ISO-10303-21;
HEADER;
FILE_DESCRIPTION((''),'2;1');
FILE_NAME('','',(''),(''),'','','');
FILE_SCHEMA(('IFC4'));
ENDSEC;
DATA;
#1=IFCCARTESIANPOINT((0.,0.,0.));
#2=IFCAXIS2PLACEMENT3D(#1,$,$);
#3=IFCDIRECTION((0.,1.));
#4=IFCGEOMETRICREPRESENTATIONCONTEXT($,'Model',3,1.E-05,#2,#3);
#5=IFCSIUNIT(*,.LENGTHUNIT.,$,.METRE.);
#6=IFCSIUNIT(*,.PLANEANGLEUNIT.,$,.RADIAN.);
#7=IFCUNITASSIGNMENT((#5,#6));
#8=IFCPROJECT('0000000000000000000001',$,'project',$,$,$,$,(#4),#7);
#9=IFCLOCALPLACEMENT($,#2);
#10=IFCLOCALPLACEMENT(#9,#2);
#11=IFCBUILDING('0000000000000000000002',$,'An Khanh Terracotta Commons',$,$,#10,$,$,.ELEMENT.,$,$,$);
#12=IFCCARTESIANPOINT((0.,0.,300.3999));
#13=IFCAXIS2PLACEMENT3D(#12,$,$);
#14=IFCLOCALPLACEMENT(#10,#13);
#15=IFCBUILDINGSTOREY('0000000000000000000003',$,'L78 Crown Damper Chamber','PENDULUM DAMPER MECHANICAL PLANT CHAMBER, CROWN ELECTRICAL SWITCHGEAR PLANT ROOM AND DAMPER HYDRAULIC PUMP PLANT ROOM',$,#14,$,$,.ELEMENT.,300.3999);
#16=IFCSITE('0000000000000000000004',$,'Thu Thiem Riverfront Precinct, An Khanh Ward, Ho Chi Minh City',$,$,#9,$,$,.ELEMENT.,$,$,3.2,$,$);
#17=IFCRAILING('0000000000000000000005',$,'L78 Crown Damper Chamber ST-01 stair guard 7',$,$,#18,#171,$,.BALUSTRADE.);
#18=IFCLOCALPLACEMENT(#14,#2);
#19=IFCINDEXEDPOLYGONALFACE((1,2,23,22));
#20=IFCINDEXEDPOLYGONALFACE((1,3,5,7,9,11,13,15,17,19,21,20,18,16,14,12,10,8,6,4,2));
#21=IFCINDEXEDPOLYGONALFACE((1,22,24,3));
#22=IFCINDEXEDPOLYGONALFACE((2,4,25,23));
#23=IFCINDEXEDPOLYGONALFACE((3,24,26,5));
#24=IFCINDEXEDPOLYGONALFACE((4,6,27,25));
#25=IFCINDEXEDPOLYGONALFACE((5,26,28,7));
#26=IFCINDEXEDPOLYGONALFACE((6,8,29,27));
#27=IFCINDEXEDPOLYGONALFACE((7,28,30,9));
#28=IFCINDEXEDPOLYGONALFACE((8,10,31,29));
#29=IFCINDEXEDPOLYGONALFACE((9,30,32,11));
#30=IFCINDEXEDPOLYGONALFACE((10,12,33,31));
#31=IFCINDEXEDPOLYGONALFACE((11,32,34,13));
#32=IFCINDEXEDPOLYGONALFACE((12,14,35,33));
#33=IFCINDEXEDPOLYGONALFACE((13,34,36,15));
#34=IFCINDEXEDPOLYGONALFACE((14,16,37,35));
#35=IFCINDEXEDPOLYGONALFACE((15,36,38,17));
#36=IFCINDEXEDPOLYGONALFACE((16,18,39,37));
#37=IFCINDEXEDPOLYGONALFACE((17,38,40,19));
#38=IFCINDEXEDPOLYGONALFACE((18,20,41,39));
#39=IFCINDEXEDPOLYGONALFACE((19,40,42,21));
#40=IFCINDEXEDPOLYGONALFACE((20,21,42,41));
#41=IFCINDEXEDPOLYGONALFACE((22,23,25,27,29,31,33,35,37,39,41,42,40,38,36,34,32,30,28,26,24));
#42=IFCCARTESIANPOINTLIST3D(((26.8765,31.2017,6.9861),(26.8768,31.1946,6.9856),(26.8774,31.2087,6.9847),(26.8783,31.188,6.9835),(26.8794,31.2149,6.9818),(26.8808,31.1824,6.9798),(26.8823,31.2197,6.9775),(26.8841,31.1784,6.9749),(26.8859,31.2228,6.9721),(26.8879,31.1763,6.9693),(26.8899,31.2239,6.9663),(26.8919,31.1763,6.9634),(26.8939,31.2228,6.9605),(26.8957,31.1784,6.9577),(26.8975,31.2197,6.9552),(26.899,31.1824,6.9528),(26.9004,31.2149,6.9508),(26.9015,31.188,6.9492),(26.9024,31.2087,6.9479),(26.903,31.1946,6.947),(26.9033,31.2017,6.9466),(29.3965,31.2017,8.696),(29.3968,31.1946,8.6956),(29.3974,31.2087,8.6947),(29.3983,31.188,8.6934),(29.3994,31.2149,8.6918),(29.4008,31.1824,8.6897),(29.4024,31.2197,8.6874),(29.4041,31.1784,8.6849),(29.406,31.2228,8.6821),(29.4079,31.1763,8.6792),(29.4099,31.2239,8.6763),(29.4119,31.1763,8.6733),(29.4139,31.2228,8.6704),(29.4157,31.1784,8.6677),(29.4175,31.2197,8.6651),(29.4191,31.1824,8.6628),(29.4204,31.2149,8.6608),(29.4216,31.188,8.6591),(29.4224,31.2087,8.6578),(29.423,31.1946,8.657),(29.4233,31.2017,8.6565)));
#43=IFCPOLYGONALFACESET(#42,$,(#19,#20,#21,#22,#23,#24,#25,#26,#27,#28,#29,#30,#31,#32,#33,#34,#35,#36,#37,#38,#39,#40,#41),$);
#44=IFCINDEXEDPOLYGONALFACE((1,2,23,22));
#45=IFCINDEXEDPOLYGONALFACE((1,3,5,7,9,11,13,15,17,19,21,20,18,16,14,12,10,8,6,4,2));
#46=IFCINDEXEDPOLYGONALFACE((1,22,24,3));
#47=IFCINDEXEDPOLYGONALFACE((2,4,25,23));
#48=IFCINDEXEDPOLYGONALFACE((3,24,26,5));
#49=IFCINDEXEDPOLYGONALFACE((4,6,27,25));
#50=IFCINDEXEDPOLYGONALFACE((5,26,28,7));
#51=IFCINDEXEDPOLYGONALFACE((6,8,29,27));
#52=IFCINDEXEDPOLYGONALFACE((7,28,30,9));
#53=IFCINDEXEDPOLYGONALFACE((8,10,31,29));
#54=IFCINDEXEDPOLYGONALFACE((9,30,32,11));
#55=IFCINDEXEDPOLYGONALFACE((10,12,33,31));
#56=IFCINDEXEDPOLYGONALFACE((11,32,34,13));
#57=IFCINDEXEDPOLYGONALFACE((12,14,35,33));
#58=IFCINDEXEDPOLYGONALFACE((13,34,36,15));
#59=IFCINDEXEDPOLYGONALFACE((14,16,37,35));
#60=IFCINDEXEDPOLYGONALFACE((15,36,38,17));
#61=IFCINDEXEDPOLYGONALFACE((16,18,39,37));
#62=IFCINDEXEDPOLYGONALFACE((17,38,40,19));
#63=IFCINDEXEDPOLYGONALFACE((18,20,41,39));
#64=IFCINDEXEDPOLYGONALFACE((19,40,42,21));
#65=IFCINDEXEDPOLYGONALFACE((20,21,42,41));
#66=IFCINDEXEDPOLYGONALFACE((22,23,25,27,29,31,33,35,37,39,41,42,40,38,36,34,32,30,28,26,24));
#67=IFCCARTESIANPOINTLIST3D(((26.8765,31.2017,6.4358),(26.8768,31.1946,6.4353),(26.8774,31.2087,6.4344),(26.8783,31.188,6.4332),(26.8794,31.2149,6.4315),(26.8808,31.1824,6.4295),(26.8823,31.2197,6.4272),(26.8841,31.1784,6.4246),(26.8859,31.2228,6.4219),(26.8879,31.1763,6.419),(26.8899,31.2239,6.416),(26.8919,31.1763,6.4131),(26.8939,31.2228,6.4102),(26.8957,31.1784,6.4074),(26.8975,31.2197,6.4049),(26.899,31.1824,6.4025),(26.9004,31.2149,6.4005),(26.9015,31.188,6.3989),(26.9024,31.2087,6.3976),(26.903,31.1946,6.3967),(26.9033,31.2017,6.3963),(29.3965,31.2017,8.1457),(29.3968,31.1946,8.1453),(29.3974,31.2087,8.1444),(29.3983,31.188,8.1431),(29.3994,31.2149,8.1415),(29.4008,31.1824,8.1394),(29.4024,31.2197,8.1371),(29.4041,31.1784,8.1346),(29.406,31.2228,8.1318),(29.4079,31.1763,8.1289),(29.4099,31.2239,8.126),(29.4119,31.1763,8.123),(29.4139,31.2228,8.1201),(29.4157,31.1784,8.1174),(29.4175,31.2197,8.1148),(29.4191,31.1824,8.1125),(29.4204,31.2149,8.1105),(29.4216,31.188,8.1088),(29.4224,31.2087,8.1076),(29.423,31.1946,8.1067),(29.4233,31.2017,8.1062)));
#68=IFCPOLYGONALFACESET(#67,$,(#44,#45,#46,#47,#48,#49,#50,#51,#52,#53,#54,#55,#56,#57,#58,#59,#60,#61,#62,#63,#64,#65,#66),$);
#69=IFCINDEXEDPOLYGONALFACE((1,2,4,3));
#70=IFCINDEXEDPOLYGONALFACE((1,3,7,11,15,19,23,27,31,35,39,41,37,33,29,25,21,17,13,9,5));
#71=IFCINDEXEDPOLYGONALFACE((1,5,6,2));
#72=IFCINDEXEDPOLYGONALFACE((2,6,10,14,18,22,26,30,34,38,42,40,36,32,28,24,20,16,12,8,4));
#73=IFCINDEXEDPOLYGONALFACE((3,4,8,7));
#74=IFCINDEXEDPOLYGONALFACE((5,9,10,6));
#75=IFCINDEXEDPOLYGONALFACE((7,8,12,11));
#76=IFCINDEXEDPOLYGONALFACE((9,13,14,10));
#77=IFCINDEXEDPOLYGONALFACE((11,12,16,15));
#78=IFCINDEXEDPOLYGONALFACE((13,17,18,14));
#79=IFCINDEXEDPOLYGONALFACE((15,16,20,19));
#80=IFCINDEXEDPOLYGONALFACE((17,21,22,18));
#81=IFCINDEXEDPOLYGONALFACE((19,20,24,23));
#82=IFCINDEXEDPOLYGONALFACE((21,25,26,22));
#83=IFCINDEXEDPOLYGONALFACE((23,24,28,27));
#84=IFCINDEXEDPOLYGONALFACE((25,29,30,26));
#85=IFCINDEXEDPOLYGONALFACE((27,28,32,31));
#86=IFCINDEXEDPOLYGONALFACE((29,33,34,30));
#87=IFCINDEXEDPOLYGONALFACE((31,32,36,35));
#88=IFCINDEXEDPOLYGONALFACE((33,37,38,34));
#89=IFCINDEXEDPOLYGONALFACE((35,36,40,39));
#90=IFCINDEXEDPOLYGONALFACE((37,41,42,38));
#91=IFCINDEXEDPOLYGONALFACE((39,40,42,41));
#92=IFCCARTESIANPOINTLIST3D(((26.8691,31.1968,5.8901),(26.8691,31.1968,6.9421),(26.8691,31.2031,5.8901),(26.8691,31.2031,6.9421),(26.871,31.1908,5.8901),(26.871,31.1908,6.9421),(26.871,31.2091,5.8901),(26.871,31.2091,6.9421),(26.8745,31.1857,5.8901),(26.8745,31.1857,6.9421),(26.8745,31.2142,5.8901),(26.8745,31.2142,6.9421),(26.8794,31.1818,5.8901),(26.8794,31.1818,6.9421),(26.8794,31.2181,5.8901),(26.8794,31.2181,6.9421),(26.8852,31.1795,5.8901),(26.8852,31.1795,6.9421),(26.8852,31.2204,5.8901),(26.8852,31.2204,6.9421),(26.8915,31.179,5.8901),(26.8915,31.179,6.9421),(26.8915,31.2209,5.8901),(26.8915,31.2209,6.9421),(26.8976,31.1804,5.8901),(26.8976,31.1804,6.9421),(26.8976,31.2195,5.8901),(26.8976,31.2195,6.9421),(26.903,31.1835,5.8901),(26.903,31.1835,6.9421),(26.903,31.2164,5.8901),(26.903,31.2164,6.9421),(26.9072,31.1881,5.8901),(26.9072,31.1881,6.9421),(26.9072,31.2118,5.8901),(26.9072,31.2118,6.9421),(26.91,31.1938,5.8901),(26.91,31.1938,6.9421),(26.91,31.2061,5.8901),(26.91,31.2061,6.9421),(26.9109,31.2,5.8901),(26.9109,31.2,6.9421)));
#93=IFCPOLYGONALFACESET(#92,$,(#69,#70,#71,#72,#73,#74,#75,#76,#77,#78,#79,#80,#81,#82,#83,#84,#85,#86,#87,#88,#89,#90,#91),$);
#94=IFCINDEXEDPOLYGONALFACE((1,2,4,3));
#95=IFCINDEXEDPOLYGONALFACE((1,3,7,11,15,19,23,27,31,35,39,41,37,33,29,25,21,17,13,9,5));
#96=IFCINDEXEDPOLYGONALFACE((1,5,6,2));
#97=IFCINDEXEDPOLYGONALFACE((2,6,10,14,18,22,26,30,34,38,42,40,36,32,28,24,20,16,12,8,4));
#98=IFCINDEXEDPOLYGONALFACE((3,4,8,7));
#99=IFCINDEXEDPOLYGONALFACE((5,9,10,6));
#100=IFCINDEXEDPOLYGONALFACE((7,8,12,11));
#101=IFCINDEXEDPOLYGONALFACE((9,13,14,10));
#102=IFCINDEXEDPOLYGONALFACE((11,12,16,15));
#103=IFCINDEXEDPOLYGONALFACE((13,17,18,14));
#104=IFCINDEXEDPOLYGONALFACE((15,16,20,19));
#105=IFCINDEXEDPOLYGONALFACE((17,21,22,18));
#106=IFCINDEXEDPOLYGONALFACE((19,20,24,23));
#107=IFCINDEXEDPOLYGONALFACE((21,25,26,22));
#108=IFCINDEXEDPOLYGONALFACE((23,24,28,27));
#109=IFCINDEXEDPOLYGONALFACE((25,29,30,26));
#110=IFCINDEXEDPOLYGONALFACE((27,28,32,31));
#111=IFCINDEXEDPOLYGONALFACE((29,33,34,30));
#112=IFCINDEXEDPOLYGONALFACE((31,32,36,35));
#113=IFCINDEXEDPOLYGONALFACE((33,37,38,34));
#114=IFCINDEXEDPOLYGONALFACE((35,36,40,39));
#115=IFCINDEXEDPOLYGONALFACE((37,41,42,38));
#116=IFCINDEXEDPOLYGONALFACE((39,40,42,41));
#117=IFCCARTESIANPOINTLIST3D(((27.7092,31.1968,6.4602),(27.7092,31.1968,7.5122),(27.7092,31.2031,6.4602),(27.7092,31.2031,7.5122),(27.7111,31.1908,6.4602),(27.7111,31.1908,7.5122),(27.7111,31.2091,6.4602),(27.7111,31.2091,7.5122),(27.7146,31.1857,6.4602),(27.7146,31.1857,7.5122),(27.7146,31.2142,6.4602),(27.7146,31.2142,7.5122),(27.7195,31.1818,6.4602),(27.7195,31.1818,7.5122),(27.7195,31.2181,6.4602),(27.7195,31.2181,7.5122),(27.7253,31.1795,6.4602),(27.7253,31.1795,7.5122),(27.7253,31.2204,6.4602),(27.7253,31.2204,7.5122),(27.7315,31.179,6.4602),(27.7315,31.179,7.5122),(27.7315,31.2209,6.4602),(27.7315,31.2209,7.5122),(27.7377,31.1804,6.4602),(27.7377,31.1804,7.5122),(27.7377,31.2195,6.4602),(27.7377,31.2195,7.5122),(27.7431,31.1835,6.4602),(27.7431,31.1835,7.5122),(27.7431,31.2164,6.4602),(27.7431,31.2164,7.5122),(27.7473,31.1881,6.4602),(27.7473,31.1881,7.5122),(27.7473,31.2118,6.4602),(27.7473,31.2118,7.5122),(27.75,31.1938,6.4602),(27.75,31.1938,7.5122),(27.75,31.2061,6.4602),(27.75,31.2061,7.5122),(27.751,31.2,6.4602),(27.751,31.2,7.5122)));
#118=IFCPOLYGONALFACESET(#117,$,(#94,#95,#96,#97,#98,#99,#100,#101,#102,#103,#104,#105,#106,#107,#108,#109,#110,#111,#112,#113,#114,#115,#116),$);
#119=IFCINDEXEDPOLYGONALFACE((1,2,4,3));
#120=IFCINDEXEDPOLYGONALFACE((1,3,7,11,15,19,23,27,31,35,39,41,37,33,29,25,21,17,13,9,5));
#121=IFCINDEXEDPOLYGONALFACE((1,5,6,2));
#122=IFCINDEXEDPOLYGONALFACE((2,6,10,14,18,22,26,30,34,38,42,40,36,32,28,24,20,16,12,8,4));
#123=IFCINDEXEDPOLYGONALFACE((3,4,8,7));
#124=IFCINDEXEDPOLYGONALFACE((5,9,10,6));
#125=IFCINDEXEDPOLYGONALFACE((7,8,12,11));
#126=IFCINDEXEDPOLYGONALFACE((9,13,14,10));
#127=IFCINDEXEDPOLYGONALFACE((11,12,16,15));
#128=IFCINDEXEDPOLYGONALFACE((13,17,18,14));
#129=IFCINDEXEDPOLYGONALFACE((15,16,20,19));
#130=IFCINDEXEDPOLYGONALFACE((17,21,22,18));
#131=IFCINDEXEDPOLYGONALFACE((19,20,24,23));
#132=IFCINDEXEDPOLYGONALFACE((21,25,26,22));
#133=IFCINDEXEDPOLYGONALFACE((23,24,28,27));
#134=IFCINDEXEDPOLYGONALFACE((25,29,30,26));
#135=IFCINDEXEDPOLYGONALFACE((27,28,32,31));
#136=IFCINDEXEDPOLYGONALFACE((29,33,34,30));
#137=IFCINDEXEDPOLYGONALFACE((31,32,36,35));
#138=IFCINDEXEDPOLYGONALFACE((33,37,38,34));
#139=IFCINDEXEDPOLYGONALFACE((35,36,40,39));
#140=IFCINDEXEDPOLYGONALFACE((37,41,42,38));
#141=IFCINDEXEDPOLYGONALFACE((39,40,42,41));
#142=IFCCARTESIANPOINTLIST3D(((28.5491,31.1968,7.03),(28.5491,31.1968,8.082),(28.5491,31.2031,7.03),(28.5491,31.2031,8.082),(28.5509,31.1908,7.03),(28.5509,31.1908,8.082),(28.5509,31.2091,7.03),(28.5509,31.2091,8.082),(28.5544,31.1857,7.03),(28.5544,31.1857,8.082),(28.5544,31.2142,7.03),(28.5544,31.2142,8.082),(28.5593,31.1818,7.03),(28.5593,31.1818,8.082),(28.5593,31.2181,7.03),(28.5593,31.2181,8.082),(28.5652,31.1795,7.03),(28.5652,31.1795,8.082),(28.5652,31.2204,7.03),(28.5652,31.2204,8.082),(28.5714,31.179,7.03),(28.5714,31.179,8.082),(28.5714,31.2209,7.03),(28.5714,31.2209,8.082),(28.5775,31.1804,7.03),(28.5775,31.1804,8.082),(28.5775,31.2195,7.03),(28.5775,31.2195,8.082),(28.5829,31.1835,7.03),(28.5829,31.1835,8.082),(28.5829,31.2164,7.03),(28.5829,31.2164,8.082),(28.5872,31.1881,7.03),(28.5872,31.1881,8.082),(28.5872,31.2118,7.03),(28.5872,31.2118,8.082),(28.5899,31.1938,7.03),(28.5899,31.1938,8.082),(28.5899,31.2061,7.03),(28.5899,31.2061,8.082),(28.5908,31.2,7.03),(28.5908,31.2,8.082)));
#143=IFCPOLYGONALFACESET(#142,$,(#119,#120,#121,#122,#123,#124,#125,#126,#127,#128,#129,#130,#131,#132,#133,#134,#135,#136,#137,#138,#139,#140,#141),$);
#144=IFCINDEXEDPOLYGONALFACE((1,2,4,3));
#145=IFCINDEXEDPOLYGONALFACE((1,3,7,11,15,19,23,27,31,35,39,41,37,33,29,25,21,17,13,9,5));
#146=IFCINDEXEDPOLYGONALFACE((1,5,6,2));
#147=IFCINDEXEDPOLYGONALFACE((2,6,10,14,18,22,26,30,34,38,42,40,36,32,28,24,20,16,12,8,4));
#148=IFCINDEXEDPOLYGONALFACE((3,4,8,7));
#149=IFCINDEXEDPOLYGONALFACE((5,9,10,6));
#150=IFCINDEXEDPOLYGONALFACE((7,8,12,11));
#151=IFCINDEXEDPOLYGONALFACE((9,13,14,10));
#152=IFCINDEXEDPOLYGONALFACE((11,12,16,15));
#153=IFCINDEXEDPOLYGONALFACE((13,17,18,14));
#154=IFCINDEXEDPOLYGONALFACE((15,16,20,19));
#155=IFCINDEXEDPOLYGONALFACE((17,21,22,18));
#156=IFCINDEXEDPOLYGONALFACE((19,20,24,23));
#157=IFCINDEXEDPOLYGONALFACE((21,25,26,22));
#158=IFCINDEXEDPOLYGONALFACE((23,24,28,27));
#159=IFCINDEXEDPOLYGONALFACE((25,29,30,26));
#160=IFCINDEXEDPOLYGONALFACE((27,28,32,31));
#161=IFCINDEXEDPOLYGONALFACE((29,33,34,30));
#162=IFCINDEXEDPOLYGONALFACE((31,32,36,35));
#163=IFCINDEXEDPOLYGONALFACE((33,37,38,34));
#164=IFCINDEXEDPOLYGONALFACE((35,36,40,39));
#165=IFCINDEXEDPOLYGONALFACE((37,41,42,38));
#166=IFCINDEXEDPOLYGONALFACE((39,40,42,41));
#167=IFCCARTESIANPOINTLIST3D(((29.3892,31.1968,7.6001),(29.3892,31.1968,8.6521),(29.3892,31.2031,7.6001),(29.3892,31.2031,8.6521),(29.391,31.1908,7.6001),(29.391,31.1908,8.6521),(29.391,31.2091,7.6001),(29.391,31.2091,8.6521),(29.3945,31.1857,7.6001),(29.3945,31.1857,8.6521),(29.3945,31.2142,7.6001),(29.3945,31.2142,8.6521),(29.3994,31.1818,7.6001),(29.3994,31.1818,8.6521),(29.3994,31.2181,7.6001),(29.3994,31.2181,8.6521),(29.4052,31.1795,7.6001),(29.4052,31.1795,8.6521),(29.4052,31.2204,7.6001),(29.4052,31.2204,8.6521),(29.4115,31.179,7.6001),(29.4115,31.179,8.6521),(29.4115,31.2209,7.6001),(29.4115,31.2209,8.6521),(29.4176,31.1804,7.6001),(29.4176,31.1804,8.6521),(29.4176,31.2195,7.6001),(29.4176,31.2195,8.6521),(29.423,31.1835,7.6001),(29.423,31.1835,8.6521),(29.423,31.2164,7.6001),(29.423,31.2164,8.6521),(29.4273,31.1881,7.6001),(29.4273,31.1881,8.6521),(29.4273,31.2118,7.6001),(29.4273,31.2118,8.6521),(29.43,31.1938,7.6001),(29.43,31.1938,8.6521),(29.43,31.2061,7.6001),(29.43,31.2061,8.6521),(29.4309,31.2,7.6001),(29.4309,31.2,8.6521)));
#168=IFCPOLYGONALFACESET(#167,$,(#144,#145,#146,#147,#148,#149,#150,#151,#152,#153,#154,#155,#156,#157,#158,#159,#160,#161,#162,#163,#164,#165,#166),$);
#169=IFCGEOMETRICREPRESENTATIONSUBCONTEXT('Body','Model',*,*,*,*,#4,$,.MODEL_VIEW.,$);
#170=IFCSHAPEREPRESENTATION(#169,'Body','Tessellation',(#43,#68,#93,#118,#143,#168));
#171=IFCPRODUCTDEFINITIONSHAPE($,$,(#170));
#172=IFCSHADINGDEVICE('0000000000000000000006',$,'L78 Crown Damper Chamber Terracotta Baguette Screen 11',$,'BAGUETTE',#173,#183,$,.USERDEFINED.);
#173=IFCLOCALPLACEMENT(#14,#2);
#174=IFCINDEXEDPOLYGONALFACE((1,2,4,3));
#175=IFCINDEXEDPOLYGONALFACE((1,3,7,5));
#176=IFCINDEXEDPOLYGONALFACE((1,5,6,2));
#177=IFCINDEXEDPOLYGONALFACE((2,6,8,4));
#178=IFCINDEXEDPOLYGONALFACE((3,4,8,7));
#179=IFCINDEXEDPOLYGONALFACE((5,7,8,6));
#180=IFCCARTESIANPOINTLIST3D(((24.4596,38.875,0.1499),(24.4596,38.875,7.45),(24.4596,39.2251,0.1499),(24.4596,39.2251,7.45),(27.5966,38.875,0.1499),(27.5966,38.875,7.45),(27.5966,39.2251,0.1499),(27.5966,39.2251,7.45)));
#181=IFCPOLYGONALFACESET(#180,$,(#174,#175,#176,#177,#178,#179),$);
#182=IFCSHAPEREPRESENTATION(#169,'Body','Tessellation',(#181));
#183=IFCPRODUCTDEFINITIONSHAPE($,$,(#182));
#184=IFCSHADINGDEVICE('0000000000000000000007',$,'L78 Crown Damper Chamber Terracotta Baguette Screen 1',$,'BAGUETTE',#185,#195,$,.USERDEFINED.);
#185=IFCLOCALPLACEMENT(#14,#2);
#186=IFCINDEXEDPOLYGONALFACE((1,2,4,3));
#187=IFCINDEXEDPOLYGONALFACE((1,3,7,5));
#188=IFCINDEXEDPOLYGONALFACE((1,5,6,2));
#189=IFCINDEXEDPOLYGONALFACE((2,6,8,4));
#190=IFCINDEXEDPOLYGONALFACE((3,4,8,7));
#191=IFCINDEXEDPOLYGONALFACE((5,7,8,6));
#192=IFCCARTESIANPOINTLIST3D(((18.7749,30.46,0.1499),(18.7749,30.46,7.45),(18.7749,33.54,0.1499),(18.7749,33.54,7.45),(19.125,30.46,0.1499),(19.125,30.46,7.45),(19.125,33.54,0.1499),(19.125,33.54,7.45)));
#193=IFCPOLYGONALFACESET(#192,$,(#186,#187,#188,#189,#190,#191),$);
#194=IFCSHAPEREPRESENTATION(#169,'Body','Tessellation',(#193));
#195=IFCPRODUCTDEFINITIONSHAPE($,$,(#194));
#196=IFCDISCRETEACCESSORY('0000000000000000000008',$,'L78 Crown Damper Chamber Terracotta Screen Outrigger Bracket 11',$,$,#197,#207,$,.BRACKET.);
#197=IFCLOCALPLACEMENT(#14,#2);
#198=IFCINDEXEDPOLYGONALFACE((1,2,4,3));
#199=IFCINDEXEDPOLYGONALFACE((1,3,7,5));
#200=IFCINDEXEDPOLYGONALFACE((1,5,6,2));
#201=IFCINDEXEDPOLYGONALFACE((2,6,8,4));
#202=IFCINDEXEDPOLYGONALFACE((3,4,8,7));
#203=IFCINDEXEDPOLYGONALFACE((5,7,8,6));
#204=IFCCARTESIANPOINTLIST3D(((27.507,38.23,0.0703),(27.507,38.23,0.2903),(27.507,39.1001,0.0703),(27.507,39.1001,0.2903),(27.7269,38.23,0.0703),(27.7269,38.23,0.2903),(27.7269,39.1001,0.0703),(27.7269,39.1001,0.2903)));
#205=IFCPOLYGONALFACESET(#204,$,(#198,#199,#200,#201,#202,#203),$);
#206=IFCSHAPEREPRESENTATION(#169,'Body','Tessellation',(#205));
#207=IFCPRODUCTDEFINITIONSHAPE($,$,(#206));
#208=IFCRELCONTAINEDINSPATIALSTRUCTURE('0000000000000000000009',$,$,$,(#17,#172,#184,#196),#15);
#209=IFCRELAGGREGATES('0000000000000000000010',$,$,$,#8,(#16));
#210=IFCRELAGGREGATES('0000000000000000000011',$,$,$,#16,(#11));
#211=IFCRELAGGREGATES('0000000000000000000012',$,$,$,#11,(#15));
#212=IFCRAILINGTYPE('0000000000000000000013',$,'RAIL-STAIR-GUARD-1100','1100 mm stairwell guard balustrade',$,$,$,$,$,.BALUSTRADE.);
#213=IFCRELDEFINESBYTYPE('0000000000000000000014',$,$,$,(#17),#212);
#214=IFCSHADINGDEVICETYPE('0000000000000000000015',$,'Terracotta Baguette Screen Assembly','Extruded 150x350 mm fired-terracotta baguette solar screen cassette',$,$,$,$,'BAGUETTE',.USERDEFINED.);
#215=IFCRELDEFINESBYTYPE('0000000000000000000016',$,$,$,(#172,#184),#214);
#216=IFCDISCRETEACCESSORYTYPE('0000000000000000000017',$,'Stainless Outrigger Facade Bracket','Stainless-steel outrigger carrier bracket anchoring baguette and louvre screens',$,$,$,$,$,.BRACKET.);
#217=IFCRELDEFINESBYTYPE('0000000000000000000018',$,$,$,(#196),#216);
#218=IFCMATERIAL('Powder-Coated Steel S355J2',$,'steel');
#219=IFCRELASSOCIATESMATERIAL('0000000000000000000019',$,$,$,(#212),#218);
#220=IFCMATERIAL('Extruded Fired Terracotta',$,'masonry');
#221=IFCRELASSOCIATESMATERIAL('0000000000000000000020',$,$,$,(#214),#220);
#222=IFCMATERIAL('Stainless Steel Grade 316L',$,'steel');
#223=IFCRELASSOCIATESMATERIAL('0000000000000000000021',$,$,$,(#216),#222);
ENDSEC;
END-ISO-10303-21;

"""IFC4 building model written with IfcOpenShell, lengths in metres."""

from ifc_helpers import new_model, si_unit, direction, frame, origin, origin_2d, place, context, subcontext, project, spatial, rectangle, circle, extrude, material, type_object, element, save


model = new_model("IFC4")

# Units and contexts
model_context = context("Model", 3, precision=1e-05, world=origin(), true_north=direction((0.0, 1.0)))
body_context = subcontext(model_context, "Body", "Model", "MODEL_VIEW")
ifc_project = project(units=[si_unit("LENGTHUNIT", "METRE"), si_unit("PLANEANGLEUNIT", "RADIAN")], contexts=[model_context])

# Site, building, storey
site_placement = place(None, origin())
site = spatial("IfcSite", under=ifc_project, at=site_placement, Name="Thu Thiem Riverfront Precinct, An Khanh Ward, Ho Chi Minh City", CompositionType="ELEMENT", RefElevation=3.2)
building_placement = place(site_placement, origin())
building = spatial("IfcBuilding", under=site, at=building_placement, Name="An Khanh Terracotta Commons", CompositionType="ELEMENT")
storey_placement = place(building_placement, frame((0.0, 0.0, 300.3999)))
storey = spatial("IfcBuildingStorey", under=building, at=storey_placement, Name="L78 Crown Damper Chamber", Description="PENDULUM DAMPER MECHANICAL PLANT CHAMBER, CROWN ELECTRICAL SWITCHGEAR PLANT ROOM AND DAMPER HYDRAULIC PUMP PLANT ROOM", CompositionType="ELEMENT", Elevation=300.3999)

# Railing
ifc_material_1 = material(Name="Powder-Coated Steel S355J2", Category="steel")
railing_type = type_object("IfcRailingType", Name="RAIL-STAIR-GUARD-1100", Description="1100 mm stairwell guard balustrade", PredefinedType="BALUSTRADE", material=ifc_material_1)
railing_placement = place(storey_placement, frame((26.8899, 31.2, 5.8901)))
element("IfcRailing", 1, at=railing_placement, inside=storey, type_object=railing_type, Name="L78 Crown Damper Chamber ST-01 stair guard 7", PredefinedType="BALUSTRADE", context=body_context, shape_type="SweptSolid", body=[
    extrude(circle(Radius=0.0239, at=origin_2d()), frame((0.0, 0.0, 1.0762), z_axis=(0.827484, 0.0, 0.56149), x_axis=(0.0, 1.0, 0.0)), (0.0, 0.0, 1.0), 3.0454),
    extrude(circle(Radius=0.0239, at=origin_2d()), frame((0.0, 0.0, 0.5259), z_axis=(0.827484, 0.0, 0.56149), x_axis=(0.0, 1.0, 0.0)), (0.0, 0.0, 1.0), 3.0454),
    extrude(circle(Radius=0.021, at=origin_2d()), origin(), (0.0, 0.0, 1.0), 1.052),
    extrude(circle(Radius=0.021, at=origin_2d()), frame((0.8401, 0.0, 0.5701)), (0.0, 0.0, 1.0), 1.052),
    extrude(circle(Radius=0.021, at=origin_2d()), frame((1.6799, 0.0, 1.1399)), (0.0, 0.0, 1.0), 1.052),
    extrude(circle(Radius=0.021, at=origin_2d()), frame((2.52, 0.0, 1.71)), (0.0, 0.0, 1.0), 1.052),
])

# Shading devices
ifc_material_2 = material(Name="Extruded Fired Terracotta", Category="masonry")
shading_device_type = type_object("IfcShadingDeviceType", Name="Terracotta Baguette Screen Assembly", Description="Extruded 150x350 mm fired-terracotta baguette solar screen cassette", ElementType="BAGUETTE", PredefinedType="USERDEFINED", material=ifc_material_2)
shading_device_1_placement = place(storey_placement, frame((26.0281, 39.05, 0.1499), z_axis=(0.0, 0.0, 1.0), x_axis=(-1.0, 0.0, 0.0)))
element("IfcShadingDevice", 2, at=shading_device_1_placement, inside=storey, type_object=shading_device_type, Name="L78 Crown Damper Chamber Terracotta Baguette Screen 11", ObjectType="BAGUETTE", PredefinedType="USERDEFINED", context=body_context, shape_type="SweptSolid", body=[
    extrude(rectangle(XDim=3.137, YDim=0.3501, at=origin_2d()), origin(), (0.0, 0.0, 1.0), 7.3),
])
shading_device_2_placement = place(storey_placement, frame((18.95, 32.0, 0.1499), z_axis=(0.0, 0.0, 1.0), x_axis=(0.0, -1.0, 0.0)))
element("IfcShadingDevice", 3, at=shading_device_2_placement, inside=storey, type_object=shading_device_type, Name="L78 Crown Damper Chamber Terracotta Baguette Screen 1", ObjectType="BAGUETTE", PredefinedType="USERDEFINED", context=body_context, shape_type="SweptSolid", body=[
    extrude(rectangle(XDim=3.0801, YDim=0.3501, at=origin_2d()), origin(), (0.0, 0.0, 1.0), 7.3),
])

# Discrete accessory
ifc_material_3 = material(Name="Stainless Steel Grade 316L", Category="steel")
discrete_accessory_type = type_object("IfcDiscreteAccessoryType", Name="Stainless Outrigger Facade Bracket", Description="Stainless-steel outrigger carrier bracket anchoring baguette and louvre screens", PredefinedType="BRACKET", material=ifc_material_3)
for number, where, z_axis, x_axis, name in (
    (4, (27.6169, 38.665, 0.0703), (0.0, 0.0, 1.0), (-1.0, 0.0, 0.0), "L78 Crown Damper Chamber Terracotta Screen Outrigger Bracket 11"),
):
    element("IfcDiscreteAccessory", number, at=place(storey_placement, frame(where, z_axis=z_axis, x_axis=x_axis)), inside=storey, type_object=discrete_accessory_type, Name=name, PredefinedType="BRACKET", context=body_context, shape_type="SweptSolid", body=[
        extrude(rectangle(XDim=0.22, YDim=0.8701, at=origin_2d()), origin(), (0.0, 0.0, 1.0), 0.22),
    ])

save(model, "model.ifc")
